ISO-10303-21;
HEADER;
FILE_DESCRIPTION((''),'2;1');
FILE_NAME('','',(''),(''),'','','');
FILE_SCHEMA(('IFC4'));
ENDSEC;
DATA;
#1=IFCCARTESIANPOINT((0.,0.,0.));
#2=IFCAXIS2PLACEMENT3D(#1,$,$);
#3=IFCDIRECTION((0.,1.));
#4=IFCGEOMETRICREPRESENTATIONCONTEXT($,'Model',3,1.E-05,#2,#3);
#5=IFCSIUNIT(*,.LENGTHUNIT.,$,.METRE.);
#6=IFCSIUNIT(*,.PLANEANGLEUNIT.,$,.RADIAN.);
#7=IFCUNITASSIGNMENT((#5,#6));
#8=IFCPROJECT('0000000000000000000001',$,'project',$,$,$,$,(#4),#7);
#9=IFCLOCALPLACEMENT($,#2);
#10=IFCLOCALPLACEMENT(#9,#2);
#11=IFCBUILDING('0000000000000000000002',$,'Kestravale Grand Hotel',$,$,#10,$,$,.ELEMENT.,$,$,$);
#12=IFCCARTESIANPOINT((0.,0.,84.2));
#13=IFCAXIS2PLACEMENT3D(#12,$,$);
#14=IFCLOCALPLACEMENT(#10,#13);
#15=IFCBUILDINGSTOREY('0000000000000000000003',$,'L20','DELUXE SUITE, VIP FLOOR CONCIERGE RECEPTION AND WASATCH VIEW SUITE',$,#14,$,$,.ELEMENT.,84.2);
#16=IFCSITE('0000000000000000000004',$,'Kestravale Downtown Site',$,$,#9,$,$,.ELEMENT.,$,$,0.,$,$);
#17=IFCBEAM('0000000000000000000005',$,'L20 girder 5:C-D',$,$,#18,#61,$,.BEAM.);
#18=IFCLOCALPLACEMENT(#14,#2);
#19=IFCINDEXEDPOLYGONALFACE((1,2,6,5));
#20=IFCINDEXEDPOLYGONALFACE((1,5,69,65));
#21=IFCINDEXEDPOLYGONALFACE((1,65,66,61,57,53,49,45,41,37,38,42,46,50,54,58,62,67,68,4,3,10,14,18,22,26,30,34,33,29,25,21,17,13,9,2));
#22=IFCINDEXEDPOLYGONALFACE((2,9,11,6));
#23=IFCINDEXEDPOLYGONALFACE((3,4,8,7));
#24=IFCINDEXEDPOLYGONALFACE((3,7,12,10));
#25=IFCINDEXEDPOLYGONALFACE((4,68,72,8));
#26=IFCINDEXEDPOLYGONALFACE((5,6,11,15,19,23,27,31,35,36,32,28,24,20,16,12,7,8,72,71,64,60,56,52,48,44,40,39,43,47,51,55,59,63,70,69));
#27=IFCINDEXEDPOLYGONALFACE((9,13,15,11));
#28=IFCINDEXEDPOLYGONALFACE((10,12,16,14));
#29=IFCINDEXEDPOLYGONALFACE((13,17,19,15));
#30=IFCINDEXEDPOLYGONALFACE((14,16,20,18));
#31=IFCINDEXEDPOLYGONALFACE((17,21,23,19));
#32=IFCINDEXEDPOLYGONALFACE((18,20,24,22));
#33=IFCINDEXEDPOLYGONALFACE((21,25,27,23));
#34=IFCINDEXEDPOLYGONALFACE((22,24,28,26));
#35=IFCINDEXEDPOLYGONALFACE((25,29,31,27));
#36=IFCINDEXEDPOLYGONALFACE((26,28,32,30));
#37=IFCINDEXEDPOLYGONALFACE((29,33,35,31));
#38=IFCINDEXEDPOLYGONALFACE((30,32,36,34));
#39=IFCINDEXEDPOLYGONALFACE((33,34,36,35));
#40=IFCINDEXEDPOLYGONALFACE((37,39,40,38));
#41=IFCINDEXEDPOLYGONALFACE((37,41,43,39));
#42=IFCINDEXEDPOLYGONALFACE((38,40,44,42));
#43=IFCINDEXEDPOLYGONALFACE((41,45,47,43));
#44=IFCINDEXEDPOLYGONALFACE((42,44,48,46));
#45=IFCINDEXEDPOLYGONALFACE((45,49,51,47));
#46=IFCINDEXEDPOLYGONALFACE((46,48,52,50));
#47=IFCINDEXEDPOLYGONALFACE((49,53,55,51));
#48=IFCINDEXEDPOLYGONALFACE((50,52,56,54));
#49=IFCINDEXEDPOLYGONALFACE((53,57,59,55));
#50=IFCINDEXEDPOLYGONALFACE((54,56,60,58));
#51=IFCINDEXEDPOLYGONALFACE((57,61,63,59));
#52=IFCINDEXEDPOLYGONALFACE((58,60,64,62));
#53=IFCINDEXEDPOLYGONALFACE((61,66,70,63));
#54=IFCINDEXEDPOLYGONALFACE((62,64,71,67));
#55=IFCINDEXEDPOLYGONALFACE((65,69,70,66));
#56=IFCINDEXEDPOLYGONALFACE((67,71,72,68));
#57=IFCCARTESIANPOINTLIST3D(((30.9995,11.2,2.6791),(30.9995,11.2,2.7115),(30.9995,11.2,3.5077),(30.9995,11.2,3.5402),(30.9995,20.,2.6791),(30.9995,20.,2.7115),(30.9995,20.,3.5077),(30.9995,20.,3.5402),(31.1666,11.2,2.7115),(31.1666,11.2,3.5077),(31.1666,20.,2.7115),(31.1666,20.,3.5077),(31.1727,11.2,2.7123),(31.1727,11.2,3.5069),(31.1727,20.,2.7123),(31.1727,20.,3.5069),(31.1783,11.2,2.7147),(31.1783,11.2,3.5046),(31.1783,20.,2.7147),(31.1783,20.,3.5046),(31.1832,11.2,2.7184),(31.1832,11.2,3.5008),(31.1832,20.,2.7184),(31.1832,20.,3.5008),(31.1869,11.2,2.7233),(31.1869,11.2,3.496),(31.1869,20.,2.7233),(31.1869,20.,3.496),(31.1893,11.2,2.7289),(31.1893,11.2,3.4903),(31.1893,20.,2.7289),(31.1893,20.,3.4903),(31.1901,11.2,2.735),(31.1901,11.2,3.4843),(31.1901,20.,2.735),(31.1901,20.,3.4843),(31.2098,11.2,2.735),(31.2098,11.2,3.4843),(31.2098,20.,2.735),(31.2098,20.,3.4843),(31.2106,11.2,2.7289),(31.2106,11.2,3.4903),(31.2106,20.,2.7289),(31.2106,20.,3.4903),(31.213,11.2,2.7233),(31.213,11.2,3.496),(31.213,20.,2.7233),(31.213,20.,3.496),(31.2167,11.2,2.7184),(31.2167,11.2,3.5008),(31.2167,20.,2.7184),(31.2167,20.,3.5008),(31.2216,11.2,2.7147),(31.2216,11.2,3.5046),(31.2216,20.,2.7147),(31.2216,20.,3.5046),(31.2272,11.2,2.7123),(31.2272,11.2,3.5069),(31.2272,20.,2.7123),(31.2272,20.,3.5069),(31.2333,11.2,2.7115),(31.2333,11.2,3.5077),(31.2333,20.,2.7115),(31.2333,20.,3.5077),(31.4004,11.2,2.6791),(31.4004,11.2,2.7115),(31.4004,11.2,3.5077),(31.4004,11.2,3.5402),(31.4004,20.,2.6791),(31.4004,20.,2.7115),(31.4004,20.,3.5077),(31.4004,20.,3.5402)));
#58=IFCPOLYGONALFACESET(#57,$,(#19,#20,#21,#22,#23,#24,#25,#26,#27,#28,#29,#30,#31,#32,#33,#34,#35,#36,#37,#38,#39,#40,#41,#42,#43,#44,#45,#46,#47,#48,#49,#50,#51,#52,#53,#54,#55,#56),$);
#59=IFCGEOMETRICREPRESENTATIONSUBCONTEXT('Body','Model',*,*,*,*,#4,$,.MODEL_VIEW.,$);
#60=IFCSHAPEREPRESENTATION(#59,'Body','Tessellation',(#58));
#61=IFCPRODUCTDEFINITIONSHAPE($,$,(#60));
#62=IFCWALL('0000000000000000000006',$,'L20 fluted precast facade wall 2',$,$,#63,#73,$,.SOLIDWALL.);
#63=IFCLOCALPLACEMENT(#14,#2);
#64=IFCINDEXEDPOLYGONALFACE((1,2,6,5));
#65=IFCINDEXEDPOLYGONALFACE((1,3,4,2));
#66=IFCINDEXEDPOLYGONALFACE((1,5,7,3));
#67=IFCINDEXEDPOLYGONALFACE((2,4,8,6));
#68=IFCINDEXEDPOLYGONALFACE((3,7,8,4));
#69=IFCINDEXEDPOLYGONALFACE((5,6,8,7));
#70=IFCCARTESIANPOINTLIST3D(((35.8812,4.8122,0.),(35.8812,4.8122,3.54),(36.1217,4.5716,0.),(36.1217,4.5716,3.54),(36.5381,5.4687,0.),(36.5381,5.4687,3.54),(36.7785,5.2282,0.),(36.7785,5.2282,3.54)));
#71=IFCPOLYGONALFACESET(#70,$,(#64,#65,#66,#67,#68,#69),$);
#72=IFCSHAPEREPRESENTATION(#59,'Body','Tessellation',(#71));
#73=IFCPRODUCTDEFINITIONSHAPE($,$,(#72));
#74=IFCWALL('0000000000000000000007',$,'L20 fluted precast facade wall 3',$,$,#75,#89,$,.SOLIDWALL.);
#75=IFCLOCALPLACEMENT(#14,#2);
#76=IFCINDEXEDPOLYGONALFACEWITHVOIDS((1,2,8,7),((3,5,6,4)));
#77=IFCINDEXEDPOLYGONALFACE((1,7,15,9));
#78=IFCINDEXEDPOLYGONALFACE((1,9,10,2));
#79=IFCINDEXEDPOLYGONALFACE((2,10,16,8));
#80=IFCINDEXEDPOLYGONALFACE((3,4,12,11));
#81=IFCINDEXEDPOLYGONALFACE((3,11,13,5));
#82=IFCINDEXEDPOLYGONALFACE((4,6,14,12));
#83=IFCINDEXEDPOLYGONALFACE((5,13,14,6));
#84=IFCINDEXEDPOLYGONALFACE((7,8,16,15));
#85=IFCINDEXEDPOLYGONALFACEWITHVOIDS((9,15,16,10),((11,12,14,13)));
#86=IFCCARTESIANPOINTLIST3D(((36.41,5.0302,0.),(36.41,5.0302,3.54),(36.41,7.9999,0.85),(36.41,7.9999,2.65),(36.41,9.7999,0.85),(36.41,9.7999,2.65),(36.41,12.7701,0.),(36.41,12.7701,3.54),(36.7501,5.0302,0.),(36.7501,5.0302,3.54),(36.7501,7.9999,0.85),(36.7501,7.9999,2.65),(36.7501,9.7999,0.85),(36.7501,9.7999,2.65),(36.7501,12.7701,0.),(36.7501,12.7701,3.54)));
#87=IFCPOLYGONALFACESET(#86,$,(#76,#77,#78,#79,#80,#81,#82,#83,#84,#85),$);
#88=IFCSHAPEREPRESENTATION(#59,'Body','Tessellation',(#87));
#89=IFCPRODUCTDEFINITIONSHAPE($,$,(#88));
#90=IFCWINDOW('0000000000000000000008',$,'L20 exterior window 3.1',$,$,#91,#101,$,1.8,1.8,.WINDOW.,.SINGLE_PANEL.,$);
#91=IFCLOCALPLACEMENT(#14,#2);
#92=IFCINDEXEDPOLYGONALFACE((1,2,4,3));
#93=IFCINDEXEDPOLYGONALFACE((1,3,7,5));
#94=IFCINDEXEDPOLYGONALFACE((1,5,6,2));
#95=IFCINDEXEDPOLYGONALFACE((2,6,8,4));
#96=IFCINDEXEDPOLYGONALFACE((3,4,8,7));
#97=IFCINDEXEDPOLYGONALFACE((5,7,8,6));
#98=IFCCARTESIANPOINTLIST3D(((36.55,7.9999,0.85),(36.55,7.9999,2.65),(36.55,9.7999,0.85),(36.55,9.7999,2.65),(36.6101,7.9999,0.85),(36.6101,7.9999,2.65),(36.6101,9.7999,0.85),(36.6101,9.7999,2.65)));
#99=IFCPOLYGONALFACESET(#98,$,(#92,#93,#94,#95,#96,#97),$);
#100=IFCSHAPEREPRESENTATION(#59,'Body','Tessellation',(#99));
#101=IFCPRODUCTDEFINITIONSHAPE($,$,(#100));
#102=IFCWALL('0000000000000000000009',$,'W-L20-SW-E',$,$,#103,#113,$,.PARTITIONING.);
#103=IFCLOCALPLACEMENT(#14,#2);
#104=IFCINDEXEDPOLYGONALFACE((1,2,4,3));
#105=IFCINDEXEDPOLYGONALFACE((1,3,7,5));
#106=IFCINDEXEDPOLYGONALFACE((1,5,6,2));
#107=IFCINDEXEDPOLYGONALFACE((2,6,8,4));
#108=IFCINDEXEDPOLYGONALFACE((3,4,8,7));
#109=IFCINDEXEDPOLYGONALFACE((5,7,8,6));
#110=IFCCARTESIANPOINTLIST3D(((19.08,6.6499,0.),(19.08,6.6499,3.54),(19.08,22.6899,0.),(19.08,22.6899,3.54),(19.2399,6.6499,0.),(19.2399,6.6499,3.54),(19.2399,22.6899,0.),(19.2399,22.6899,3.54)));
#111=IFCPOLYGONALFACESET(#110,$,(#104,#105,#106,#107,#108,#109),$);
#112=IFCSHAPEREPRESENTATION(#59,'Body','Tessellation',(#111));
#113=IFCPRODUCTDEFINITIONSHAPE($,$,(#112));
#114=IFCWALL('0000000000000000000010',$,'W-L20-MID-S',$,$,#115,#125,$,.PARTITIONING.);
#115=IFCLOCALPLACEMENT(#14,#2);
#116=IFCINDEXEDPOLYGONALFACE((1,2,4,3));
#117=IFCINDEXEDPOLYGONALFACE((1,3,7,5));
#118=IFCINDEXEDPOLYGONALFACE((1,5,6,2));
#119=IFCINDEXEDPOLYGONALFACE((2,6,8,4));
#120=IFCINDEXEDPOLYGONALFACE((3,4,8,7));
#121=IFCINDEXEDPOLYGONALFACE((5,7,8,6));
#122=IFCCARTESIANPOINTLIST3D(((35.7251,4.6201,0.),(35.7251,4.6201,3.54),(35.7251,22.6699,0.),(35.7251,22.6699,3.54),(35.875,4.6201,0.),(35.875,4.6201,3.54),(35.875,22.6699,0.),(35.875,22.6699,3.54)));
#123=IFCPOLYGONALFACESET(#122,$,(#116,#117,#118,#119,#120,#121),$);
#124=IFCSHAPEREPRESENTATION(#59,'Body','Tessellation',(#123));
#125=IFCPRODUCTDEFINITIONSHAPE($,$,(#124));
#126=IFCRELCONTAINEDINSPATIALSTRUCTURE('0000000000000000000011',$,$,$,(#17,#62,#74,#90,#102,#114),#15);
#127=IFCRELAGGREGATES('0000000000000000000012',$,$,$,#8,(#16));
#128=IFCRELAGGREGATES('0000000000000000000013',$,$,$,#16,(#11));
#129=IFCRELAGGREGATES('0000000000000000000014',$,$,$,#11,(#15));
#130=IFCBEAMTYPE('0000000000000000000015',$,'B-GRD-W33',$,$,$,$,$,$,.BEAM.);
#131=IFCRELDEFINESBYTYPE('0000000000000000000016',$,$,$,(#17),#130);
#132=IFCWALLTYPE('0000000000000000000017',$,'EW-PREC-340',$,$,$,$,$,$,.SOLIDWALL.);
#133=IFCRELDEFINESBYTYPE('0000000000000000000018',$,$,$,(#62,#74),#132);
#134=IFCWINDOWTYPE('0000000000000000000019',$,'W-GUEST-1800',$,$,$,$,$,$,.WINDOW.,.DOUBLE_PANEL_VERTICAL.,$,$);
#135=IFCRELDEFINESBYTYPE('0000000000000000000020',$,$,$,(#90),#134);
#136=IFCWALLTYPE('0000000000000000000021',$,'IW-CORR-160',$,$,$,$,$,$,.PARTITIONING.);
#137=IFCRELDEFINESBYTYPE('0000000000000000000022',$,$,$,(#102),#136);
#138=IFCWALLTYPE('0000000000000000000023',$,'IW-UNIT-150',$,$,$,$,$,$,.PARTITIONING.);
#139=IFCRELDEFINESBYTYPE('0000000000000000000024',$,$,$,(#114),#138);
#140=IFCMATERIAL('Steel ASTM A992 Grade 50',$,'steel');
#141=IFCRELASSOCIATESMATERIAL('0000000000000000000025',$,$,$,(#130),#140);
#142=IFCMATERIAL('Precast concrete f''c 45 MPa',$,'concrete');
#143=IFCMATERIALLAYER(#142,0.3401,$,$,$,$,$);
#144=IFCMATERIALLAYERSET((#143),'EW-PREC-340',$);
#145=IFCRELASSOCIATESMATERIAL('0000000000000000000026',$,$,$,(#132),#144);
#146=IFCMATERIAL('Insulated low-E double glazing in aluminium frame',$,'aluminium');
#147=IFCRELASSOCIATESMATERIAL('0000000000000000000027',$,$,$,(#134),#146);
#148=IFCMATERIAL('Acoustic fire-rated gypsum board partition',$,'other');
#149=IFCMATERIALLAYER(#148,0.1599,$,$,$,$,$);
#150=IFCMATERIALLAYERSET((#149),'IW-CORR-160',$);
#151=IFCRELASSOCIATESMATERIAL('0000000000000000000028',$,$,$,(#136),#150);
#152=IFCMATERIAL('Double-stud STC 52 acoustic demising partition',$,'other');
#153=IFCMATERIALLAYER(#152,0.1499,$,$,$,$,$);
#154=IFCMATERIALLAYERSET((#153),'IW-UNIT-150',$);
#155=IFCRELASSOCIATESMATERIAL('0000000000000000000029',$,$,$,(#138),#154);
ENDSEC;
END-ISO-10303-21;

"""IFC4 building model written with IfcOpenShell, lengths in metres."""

from ifc_helpers import new_model, si_unit, direction, frame, frame_2d, origin, origin_2d, place, context, subcontext, project, spatial, rectangle, i_section, extrude, material, layer, layer_set, material_profile, profile_set, type_object, element, fill, save


model = new_model("IFC4")

# Units and contexts
model_context = context("Model", 3, precision=1e-05, world=origin(), true_north=direction((0.0, 1.0)))
body_context = subcontext(model_context, "Body", "Model", "MODEL_VIEW")
ifc_project = project(units=[si_unit("LENGTHUNIT", "METRE"), si_unit("PLANEANGLEUNIT", "RADIAN")], contexts=[model_context])

# Site, building, storey
site_placement = place(None, origin())
site = spatial("IfcSite", under=ifc_project, at=site_placement, Name="Kestravale Downtown Site", CompositionType="ELEMENT", RefElevation=0.0)
building_placement = place(site_placement, origin())
building = spatial("IfcBuilding", under=site, at=building_placement, Name="Kestravale Grand Hotel", CompositionType="ELEMENT")
storey_placement = place(building_placement, frame((0.0, 0.0, 84.2)))
storey = spatial("IfcBuildingStorey", under=building, at=storey_placement, Name="L20", Description="DELUXE SUITE, VIP FLOOR CONCIERGE RECEPTION AND WASATCH VIEW SUITE", CompositionType="ELEMENT", Elevation=84.2)

# Beam
ifc_material_1 = material(Name="Steel ASTM A992 Grade 50", Category="steel")
ifc_material_profile_1 = material_profile(ifc_material_1, i_section(OverallWidth=0.4009, OverallDepth=0.8611, WebThickness=0.0198, FlangeThickness=0.0325, FilletRadius=0.0234, at=origin_2d()))
ifc_profile_set_1 = profile_set([ifc_material_profile_1], Name="Steel ASTM A992 Grade 50")
beam_type_1 = type_object("IfcBeamType", Name="B-GRD-W33", PredefinedType="BEAM", material=ifc_profile_set_1)
for number, where, z_axis, x_axis, name in (
    (1, (31.2, 11.2, 3.1096), (0.0, 1.0, 0.0), (-1.0, 0.0, 0.0), "L20 girder 5:C-D"),
):
    element("IfcBeam", number, at=place(storey_placement, frame(where, z_axis=z_axis, x_axis=x_axis)), inside=storey, type_object=beam_type_1, Name=name, PredefinedType="BEAM", context=body_context, shape_type="SweptSolid", body=[
        extrude(i_section(OverallWidth=0.4009, OverallDepth=0.8611, WebThickness=0.0198, FlangeThickness=0.0325, FilletRadius=0.0234, at=origin_2d()), origin(), (0.0, 0.0, 1.0), 8.8),
    ])

# Wall
ifc_material_2 = material(Name="Precast concrete f'c 45 MPa", Category="concrete")
ifc_layer_1 = layer(ifc_material_2, 0.3401)
ifc_layer_set_1 = layer_set([ifc_layer_1], Name="EW-PREC-340")
wall_type_1 = type_object("IfcWallType", Name="EW-PREC-340", PredefinedType="SOLIDWALL", material=ifc_layer_set_1)
wall_1_placement = place(storey_placement, frame((36.0015, 4.6919, 0.0), z_axis=(0.0, 0.0, 1.0), x_axis=(0.707238, 0.706975, 0.0)))
element("IfcWall", 2, at=wall_1_placement, inside=storey, type_object=wall_type_1, Name="L20 fluted precast facade wall 2", PredefinedType="SOLIDWALL", context=body_context, shape_type="SweptSolid", body=[
    extrude(rectangle(XDim=0.9287, YDim=0.3401, at=frame_2d((0.4644, 0.0))), origin(), (0.0, 0.0, 1.0), 3.54),
])

# Wall, opening, window
wall_2_placement = place(storey_placement, frame((36.5801, 5.03, 0.0), z_axis=(0.0, 0.0, 1.0), x_axis=(0.0, 1.0, 0.0)))
wall_2 = element("IfcWall", 3, at=wall_2_placement, inside=storey, type_object=wall_type_1, Name="L20 fluted precast facade wall 3", PredefinedType="SOLIDWALL", context=body_context, shape_type="SweptSolid", body=[
    extrude(rectangle(XDim=7.74, YDim=0.3401, at=frame_2d((3.8701, 0.0))), origin(), (0.0, 0.0, 1.0), 3.54),
])
opening_placement = place(wall_2_placement, frame((2.97, 0.0, 0.8501)))
opening = element("IfcOpeningElement", 4, at=opening_placement, cuts=wall_2, PredefinedType="OPENING", context=body_context, shape_type="SweptSolid", body=[
    extrude(rectangle(XDim=1.8, YDim=1.8, at=frame_2d((0.8999, 0.8999))), frame((0.0, 0.1799, 0.0), z_axis=(0.0, -1.0, 0.0), x_axis=(1.0, 0.0, 0.0)), (0.0, 0.0, 1.0), 0.3601),
])
ifc_material_3 = material(Name="Insulated low-E double glazing in aluminium frame", Category="aluminium")
window_type = type_object("IfcWindowType", Name="W-GUEST-1800", PartitioningType="DOUBLE_PANEL_VERTICAL", PredefinedType="WINDOW", material=ifc_material_3)
window_placement = place(opening_placement, origin())
window = element("IfcWindow", 5, at=window_placement, inside=storey, type_object=window_type, Name="L20 exterior window 3.1", OverallHeight=1.8, OverallWidth=1.8, PartitioningType="SINGLE_PANEL", PredefinedType="WINDOW", context=body_context, shape_type="SweptSolid", body=[
    extrude(rectangle(XDim=1.8, YDim=1.8, at=frame_2d((0.8999, 0.8999))), frame((0.0, 0.03, 0.0), z_axis=(0.0, -1.0, 0.0), x_axis=(1.0, 0.0, 0.0)), (0.0, 0.0, 1.0), 0.0601),
])
fill(opening, window)

# Walls
ifc_material_4 = material(Name="Acoustic fire-rated gypsum board partition", Category="other")
ifc_layer_2 = layer(ifc_material_4, 0.1599)
ifc_layer_set_2 = layer_set([ifc_layer_2], Name="IW-CORR-160")
wall_type_2 = type_object("IfcWallType", Name="IW-CORR-160", PredefinedType="PARTITIONING", material=ifc_layer_set_2)
wall_3_placement = place(storey_placement, frame((19.1599, 6.6499, 0.0), z_axis=(0.0, 0.0, 1.0), x_axis=(0.0, 1.0, 0.0)))
element("IfcWall", 6, at=wall_3_placement, inside=storey, type_object=wall_type_2, Name="W-L20-SW-E", PredefinedType="PARTITIONING", context=body_context, shape_type="SweptSolid", body=[
    extrude(rectangle(XDim=16.04, YDim=0.1599, at=frame_2d((8.02, 0.0))), origin(), (0.0, 0.0, 1.0), 3.54),
])
ifc_material_5 = material(Name="Double-stud STC 52 acoustic demising partition", Category="other")
ifc_layer_3 = layer(ifc_material_5, 0.1499)
ifc_layer_set_3 = layer_set([ifc_layer_3], Name="IW-UNIT-150")
wall_type_3 = type_object("IfcWallType", Name="IW-UNIT-150", PredefinedType="PARTITIONING", material=ifc_layer_set_3)
wall_4_placement = place(storey_placement, frame((35.8, 4.6201, 0.0), z_axis=(0.0, 0.0, 1.0), x_axis=(0.0, 1.0, 0.0)))
element("IfcWall", 7, at=wall_4_placement, inside=storey, type_object=wall_type_3, Name="W-L20-MID-S", PredefinedType="PARTITIONING", context=body_context, shape_type="SweptSolid", body=[
    extrude(rectangle(XDim=18.0498, YDim=0.1499, at=frame_2d((9.0249, 0.0))), origin(), (0.0, 0.0, 1.0), 3.54),
])

save(model, "model.ifc")
